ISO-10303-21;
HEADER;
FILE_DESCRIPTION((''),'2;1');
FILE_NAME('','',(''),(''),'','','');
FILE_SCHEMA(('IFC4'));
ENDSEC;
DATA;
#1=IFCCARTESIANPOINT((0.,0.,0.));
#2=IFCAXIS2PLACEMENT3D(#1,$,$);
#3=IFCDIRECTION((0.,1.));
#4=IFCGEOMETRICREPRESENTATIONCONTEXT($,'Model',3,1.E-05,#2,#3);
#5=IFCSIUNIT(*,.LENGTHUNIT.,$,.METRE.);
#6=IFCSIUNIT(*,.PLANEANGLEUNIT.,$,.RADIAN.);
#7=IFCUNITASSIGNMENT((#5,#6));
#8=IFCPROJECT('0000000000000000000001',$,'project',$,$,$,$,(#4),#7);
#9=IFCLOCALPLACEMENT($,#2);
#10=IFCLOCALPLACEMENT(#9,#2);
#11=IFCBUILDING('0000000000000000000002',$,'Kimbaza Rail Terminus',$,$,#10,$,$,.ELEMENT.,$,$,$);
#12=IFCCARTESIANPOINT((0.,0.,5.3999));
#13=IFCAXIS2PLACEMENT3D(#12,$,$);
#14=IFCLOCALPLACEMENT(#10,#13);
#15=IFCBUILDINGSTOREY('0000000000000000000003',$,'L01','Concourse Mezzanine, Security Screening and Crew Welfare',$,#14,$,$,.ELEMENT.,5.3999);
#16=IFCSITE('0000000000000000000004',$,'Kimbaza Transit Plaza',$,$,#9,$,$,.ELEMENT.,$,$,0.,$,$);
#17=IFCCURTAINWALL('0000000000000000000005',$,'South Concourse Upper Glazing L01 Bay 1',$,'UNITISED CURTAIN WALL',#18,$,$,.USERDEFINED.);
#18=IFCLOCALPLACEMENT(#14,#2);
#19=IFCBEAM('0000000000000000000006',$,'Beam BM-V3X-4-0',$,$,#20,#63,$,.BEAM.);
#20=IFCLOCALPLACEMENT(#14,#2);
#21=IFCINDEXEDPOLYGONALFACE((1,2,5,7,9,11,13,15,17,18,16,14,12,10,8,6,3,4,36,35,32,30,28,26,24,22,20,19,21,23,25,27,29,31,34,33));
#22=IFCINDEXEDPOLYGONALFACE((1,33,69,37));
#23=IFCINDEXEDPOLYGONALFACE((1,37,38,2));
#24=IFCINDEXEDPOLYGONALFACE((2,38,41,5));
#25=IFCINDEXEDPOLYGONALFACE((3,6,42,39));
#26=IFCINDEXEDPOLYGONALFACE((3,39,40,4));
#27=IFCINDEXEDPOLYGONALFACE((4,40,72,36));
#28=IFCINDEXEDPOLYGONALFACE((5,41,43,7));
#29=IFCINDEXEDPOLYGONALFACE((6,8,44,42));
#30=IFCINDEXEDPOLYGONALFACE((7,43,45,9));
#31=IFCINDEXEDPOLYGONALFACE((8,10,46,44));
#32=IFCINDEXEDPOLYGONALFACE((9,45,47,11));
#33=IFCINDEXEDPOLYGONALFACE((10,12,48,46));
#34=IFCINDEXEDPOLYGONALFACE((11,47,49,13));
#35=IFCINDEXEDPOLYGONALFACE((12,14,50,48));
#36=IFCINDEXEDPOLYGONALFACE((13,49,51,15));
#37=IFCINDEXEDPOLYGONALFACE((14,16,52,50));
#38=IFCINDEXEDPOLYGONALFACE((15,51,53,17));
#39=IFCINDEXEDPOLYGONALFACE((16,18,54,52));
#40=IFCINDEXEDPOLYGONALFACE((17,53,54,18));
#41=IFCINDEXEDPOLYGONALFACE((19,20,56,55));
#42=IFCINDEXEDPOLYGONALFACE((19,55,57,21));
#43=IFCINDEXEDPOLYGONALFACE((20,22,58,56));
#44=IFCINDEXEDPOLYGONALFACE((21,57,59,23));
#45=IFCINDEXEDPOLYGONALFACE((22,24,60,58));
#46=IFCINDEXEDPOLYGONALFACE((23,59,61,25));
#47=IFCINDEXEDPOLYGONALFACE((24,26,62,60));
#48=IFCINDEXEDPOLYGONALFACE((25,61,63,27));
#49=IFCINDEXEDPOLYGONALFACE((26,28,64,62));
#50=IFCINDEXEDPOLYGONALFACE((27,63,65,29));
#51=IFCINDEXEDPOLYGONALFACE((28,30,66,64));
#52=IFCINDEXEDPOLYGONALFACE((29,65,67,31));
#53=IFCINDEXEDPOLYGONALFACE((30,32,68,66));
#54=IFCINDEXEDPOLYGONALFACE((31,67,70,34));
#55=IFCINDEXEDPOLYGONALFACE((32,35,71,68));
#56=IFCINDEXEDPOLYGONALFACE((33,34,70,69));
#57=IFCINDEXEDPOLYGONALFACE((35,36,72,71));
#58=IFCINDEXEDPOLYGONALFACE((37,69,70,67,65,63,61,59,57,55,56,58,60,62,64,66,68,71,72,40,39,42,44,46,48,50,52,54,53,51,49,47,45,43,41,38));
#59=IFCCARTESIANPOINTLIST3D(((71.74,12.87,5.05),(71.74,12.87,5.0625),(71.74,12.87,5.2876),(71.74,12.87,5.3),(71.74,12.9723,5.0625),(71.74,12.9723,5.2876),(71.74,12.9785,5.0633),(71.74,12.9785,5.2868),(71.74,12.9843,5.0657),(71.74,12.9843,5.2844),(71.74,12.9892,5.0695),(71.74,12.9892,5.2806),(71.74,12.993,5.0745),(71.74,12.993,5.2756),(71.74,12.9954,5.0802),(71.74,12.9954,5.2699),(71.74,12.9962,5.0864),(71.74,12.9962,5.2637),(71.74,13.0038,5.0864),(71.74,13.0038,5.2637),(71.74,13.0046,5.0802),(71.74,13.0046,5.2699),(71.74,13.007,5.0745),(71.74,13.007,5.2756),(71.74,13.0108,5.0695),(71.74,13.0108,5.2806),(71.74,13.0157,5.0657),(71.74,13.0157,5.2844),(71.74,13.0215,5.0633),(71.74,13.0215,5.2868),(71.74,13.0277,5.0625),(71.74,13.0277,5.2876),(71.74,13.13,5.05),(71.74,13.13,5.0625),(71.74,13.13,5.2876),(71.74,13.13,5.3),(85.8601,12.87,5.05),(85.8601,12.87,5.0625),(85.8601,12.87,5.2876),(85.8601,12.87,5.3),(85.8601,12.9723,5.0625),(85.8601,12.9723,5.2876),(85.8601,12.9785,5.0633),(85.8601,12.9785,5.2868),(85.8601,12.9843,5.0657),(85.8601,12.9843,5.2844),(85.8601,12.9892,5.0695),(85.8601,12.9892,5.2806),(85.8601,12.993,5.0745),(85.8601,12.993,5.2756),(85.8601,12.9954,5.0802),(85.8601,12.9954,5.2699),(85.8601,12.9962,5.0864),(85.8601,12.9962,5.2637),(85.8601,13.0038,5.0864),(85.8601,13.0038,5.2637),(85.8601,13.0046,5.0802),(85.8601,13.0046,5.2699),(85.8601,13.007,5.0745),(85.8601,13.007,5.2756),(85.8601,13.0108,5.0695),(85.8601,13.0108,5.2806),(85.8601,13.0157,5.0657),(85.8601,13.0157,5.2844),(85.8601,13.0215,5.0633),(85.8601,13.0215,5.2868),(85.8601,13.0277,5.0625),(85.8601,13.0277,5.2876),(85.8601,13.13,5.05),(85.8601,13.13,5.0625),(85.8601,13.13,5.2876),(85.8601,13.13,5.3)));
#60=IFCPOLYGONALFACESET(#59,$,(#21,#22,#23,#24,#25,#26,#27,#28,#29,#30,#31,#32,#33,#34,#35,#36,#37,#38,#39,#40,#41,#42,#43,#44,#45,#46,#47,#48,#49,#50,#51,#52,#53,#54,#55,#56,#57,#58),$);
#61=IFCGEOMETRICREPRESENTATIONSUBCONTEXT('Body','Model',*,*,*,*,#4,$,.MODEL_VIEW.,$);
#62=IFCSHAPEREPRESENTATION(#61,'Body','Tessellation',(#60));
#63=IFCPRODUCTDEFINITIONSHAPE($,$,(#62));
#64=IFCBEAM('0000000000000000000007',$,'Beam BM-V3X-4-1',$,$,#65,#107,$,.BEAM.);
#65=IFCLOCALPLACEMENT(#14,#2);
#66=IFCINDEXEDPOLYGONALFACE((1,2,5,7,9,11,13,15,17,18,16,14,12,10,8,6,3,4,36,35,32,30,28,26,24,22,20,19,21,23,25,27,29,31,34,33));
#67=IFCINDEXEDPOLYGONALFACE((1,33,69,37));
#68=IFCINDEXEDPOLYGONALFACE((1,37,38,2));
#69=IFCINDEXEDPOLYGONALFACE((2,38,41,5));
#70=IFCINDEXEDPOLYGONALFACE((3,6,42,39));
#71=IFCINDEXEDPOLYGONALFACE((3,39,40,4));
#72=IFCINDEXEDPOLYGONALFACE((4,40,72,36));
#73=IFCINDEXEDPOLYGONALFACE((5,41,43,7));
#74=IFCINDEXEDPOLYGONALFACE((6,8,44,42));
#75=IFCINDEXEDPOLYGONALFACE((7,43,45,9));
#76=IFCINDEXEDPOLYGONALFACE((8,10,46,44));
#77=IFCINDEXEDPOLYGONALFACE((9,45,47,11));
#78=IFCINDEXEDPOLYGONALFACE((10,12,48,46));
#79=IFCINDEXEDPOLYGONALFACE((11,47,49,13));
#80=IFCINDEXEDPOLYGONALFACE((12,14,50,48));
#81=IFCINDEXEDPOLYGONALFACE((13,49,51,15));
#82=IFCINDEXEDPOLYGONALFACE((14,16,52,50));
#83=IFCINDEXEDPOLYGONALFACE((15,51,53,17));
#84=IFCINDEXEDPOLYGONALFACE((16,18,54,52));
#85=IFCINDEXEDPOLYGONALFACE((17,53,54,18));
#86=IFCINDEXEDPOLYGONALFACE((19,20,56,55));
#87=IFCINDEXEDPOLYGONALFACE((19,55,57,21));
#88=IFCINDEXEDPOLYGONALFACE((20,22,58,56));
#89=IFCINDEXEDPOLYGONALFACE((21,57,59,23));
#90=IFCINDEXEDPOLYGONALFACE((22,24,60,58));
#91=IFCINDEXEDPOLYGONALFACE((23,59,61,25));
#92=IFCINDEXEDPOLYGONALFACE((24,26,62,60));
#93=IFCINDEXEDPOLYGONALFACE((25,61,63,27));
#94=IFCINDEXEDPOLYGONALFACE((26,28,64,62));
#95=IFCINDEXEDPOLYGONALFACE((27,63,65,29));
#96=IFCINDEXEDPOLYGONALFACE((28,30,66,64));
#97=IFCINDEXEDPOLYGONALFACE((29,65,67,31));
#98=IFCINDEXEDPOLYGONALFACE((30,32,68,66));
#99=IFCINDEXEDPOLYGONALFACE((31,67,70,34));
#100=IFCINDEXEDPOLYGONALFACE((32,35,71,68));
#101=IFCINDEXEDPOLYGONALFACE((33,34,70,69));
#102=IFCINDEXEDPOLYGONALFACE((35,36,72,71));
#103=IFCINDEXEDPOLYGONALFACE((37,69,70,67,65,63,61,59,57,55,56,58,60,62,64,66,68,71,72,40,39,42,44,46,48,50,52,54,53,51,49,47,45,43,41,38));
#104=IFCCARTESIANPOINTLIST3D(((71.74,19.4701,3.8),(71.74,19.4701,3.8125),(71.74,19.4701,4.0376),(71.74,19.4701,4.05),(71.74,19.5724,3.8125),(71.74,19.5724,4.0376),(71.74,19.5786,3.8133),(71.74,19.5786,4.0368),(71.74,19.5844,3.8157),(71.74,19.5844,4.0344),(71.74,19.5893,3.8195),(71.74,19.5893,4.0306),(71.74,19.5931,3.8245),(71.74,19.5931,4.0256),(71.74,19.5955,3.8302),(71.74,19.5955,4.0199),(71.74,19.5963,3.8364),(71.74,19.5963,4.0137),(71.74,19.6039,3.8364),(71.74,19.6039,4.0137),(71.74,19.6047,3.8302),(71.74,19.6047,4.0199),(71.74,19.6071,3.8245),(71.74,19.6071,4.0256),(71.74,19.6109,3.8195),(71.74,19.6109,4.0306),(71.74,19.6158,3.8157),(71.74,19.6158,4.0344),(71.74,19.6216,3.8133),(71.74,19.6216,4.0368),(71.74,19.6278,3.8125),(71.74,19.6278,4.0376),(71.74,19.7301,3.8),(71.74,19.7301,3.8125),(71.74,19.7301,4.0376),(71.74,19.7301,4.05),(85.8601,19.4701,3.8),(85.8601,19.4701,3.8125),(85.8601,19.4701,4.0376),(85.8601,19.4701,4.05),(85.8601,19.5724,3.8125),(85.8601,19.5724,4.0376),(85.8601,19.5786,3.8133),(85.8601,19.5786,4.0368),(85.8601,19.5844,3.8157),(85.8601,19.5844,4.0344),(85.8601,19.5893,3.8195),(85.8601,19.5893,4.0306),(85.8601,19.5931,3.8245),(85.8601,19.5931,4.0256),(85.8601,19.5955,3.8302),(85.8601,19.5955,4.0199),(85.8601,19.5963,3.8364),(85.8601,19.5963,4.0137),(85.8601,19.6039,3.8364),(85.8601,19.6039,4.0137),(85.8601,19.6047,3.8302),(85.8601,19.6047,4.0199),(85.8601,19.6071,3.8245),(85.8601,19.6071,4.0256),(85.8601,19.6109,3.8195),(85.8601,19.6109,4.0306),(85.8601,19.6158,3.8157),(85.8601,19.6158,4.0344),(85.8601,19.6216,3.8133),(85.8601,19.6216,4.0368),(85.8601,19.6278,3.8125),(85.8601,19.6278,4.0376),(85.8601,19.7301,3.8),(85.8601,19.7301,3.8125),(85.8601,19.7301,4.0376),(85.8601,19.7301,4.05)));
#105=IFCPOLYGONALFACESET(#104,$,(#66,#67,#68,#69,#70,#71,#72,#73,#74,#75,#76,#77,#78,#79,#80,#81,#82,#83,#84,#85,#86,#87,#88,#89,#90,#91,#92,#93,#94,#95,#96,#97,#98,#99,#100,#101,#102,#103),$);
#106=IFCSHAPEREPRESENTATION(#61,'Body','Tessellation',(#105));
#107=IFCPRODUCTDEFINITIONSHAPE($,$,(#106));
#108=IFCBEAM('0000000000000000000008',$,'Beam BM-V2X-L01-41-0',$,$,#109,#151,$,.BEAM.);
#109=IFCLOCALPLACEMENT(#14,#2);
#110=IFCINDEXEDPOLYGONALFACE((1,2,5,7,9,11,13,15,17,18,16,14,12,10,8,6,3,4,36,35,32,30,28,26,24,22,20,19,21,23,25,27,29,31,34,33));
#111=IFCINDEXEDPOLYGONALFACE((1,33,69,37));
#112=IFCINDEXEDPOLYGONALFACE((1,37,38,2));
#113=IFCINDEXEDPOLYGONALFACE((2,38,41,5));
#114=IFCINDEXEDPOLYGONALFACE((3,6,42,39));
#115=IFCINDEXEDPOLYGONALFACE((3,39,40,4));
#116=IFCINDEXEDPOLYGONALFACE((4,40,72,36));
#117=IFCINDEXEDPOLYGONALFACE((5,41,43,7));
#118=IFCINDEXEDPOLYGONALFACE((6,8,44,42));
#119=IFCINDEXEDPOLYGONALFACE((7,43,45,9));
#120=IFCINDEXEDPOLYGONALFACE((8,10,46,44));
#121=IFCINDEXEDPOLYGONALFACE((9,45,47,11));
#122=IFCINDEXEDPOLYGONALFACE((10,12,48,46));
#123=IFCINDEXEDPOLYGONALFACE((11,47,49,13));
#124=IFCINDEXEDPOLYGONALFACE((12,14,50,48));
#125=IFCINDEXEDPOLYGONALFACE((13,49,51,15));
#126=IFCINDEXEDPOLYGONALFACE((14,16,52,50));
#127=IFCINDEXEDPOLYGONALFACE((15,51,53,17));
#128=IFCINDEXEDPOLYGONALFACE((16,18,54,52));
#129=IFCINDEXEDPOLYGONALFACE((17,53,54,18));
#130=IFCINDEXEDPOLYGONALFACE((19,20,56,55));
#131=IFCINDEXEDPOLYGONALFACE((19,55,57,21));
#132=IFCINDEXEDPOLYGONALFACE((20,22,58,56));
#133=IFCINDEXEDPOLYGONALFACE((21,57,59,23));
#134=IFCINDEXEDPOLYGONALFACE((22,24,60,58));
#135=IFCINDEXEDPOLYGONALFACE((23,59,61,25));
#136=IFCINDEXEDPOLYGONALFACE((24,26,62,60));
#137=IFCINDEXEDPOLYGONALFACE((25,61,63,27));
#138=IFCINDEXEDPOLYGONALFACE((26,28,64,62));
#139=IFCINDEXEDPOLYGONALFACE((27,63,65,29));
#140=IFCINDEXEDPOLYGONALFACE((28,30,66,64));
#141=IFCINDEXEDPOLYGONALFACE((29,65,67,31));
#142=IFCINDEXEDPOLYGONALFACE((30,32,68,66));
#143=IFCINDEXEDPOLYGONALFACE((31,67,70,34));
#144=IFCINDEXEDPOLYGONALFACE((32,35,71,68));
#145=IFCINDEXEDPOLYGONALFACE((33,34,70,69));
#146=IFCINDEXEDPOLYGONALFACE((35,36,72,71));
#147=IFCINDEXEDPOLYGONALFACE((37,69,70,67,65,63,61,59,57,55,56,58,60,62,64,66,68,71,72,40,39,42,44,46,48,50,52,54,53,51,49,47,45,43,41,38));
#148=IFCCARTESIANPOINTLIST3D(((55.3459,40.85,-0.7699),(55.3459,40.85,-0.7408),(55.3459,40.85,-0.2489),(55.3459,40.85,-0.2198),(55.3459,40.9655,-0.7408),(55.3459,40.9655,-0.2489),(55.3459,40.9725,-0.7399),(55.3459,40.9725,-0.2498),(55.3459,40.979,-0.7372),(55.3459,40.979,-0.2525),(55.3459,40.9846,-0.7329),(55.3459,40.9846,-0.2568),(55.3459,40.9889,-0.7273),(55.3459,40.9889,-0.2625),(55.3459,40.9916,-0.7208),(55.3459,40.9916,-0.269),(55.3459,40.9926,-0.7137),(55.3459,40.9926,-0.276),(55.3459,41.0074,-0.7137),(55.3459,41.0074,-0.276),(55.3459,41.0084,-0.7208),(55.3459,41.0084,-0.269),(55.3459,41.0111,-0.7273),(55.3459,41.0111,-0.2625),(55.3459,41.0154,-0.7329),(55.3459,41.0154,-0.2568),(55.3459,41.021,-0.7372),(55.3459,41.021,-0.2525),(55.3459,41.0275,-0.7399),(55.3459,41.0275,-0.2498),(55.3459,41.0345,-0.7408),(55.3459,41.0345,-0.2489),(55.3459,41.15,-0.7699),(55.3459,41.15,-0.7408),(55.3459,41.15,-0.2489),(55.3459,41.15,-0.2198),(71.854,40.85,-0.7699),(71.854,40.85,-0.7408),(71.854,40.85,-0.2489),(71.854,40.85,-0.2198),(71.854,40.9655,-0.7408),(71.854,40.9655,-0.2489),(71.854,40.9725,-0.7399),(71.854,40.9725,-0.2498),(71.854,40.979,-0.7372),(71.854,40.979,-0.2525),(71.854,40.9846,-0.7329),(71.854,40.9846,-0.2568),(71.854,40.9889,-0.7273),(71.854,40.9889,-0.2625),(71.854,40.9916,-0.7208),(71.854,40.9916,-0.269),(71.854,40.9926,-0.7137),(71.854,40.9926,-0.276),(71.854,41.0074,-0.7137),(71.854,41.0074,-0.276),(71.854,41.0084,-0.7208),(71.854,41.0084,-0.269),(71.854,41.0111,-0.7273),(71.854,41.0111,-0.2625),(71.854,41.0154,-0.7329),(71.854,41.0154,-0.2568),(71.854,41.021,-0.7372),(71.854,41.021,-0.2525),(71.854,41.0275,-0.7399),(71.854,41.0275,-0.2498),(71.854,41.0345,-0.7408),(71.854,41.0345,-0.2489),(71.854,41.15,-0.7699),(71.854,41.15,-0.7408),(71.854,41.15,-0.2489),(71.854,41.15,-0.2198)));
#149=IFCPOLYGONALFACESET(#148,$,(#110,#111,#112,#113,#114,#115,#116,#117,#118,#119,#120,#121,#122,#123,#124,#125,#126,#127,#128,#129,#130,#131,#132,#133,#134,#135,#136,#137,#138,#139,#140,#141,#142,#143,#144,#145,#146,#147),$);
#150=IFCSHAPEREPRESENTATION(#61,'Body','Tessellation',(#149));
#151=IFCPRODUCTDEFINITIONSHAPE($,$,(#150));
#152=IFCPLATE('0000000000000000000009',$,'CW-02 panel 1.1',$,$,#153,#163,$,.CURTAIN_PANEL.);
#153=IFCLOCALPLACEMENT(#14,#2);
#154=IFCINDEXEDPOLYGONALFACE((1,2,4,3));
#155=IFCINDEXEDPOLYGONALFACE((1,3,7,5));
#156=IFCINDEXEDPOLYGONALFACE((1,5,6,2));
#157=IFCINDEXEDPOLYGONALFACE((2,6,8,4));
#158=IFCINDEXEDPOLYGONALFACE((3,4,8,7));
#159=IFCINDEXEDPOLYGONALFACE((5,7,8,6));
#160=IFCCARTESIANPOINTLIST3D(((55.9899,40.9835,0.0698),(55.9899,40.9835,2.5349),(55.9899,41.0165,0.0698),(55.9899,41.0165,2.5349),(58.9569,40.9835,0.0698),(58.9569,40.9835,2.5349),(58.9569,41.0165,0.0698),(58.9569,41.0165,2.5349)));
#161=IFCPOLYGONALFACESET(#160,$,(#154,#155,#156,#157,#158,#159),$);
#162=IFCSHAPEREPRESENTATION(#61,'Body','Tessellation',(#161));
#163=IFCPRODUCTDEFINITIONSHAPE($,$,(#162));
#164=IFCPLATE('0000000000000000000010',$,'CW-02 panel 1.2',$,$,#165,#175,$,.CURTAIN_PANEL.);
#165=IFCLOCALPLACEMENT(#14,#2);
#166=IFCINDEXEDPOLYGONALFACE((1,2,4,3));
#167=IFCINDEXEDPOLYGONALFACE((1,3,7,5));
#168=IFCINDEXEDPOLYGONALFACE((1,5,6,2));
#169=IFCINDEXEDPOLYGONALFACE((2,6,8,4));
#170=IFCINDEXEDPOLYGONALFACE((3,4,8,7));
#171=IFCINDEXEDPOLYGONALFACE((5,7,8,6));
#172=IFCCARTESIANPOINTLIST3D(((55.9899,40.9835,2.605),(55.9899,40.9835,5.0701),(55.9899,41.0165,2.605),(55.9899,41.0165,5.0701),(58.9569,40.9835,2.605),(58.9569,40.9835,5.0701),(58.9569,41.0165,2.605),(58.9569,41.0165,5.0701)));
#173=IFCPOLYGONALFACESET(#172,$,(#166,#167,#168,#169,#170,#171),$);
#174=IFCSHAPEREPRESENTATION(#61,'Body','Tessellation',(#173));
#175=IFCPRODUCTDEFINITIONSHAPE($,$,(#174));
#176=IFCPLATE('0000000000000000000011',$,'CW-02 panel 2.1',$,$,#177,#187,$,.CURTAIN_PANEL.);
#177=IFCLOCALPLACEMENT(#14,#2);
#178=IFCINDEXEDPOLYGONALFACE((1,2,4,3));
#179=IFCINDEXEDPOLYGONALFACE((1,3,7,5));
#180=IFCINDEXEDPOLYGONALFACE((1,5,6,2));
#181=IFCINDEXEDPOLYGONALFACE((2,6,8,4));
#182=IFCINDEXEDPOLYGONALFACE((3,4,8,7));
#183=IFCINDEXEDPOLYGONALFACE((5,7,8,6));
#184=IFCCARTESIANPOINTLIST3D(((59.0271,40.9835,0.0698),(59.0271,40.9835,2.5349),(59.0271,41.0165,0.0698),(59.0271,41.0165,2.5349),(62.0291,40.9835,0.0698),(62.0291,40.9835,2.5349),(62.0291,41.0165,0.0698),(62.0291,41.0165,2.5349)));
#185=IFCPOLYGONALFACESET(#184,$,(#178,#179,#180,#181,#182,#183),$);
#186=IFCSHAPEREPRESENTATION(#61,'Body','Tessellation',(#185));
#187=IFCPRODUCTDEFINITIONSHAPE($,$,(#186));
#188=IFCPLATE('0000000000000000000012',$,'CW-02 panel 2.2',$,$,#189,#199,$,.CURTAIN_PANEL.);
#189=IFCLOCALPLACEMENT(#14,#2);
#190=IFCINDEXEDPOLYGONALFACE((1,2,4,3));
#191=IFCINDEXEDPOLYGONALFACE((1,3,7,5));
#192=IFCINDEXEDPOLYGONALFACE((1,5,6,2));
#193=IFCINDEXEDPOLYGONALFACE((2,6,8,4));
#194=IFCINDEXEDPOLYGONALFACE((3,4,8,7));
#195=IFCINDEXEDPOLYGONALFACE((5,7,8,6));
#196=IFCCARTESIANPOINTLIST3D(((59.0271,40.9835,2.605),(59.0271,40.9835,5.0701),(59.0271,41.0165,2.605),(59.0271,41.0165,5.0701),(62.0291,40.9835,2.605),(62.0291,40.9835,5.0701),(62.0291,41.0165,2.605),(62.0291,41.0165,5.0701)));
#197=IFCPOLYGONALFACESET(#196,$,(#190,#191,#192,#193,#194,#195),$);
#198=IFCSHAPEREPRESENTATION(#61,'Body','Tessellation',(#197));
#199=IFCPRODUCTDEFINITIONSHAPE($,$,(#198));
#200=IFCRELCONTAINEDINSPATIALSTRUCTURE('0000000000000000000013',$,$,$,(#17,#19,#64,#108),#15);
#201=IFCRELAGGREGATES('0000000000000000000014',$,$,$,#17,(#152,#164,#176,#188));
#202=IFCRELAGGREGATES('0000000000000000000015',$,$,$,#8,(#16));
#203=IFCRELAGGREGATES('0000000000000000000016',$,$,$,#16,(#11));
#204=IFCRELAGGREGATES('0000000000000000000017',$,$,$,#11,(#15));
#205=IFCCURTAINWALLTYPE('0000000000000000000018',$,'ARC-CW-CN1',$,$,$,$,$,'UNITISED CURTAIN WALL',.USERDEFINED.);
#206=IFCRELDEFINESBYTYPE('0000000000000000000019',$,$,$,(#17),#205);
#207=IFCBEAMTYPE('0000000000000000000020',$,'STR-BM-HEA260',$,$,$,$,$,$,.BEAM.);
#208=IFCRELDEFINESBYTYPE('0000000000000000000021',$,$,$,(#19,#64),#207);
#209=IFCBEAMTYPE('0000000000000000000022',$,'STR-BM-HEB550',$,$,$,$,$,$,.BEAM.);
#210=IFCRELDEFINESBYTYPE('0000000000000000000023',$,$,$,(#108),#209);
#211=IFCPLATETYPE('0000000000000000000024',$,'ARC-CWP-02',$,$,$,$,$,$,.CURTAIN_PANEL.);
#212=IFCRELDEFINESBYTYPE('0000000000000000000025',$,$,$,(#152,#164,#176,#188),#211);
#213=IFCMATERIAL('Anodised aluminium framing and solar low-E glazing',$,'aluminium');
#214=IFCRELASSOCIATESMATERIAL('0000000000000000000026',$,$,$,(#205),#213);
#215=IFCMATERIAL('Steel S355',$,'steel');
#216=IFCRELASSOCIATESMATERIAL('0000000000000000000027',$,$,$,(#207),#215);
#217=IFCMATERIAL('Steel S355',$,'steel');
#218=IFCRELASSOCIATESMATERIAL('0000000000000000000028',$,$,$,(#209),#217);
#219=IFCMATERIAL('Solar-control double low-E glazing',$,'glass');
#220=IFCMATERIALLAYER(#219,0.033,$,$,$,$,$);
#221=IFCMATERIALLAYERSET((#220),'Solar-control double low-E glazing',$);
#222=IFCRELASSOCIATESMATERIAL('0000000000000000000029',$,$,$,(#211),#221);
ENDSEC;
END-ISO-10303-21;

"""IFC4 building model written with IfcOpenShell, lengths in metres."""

from ifc_helpers import new_model, si_unit, direction, frame, origin, origin_2d, place, context, subcontext, project, spatial, rectangle, i_section, extrude, material, layer, layer_set, material_profile, profile_set, type_object, element, aggregate, save


model = new_model("IFC4")

# Units and contexts
model_context = context("Model", 3, precision=1e-05, world=origin(), true_north=direction((0.0, 1.0)))
body_context = subcontext(model_context, "Body", "Model", "MODEL_VIEW")
ifc_project = project(units=[si_unit("LENGTHUNIT", "METRE"), si_unit("PLANEANGLEUNIT", "RADIAN")], contexts=[model_context])

# Site, building, storey
site_placement = place(None, origin())
site = spatial("IfcSite", under=ifc_project, at=site_placement, Name="Kimbaza Transit Plaza", CompositionType="ELEMENT", RefElevation=0.0)
building_placement = place(site_placement, origin())
building = spatial("IfcBuilding", under=site, at=building_placement, Name="Kimbaza Rail Terminus", CompositionType="ELEMENT")
storey_placement = place(building_placement, frame((0.0, 0.0, 5.3999)))
storey = spatial("IfcBuildingStorey", under=building, at=storey_placement, Name="L01", Description="Concourse Mezzanine, Security Screening and Crew Welfare", CompositionType="ELEMENT", Elevation=5.3999)

# Curtain wall
ifc_material_1 = material(Name="Anodised aluminium framing and solar low-E glazing", Category="aluminium")
curtain_wall_type = type_object("IfcCurtainWallType", Name="ARC-CW-CN1", ElementType="UNITISED CURTAIN WALL", PredefinedType="USERDEFINED", material=ifc_material_1)
curtain_wall_placement = place(storey_placement, origin())
curtain_wall = element("IfcCurtainWall", 1, at=curtain_wall_placement, inside=storey, type_object=curtain_wall_type, Name="South Concourse Upper Glazing L01 Bay 1", ObjectType="UNITISED CURTAIN WALL", PredefinedType="USERDEFINED")

# Beams
ifc_material_2 = material(Name="Steel S355", Category="steel")
ifc_material_profile_1 = material_profile(ifc_material_2, i_section(OverallWidth=0.26, OverallDepth=0.25, WebThickness=0.0076, FlangeThickness=0.0125, FilletRadius=0.0239, at=origin_2d()), Name="HEA 260")
ifc_profile_set_1 = profile_set([ifc_material_profile_1], Name="Steel S355")
beam_type_1 = type_object("IfcBeamType", Name="STR-BM-HEA260", PredefinedType="BEAM", material=ifc_profile_set_1)
for number, where, z_axis, x_axis, name in (
    (2, (71.74, 13.0, 5.175), (1.0, 0.0, 0.0), (0.0, 1.0, 0.0), "Beam BM-V3X-4-0"),
    (3, (71.74, 19.6001, 3.925), (1.0, 0.0, 0.0), (0.0, 1.0, 0.0), "Beam BM-V3X-4-1"),
):
    element("IfcBeam", number, at=place(storey_placement, frame(where, z_axis=z_axis, x_axis=x_axis)), inside=storey, type_object=beam_type_1, Name=name, PredefinedType="BEAM", context=body_context, shape_type="SweptSolid", body=[
        extrude(i_section(OverallWidth=0.26, OverallDepth=0.25, WebThickness=0.0076, FlangeThickness=0.0125, FilletRadius=0.0239, at=origin_2d()), origin(), (0.0, 0.0, 1.0), 14.1201),
    ])
ifc_material_3 = material(Name="Steel S355", Category="steel")
ifc_material_profile_2 = material_profile(ifc_material_3, i_section(OverallWidth=0.3, OverallDepth=0.55, WebThickness=0.0149, FlangeThickness=0.0291, FilletRadius=0.0271, at=origin_2d()), Name="HEB 550")
ifc_profile_set_2 = profile_set([ifc_material_profile_2], Name="Steel S355")
beam_type_2 = type_object("IfcBeamType", Name="STR-BM-HEB550", PredefinedType="BEAM", material=ifc_profile_set_2)
beam_placement = place(storey_placement, frame((55.3459, 41.0, -0.4949), z_axis=(1.0, 0.0, 0.0), x_axis=(0.0, 1.0, 0.0)))
element("IfcBeam", 4, at=beam_placement, inside=storey, type_object=beam_type_2, Name="Beam BM-V2X-L01-41-0", PredefinedType="BEAM", context=body_context, shape_type="SweptSolid", body=[
    extrude(i_section(OverallWidth=0.3, OverallDepth=0.55, WebThickness=0.0149, FlangeThickness=0.0291, FilletRadius=0.0271, at=origin_2d()), origin(), (0.0, 0.0, 1.0), 16.5081),
])

# Plates
ifc_material_4 = material(Name="Solar-control double low-E glazing", Category="glass")
ifc_layer = layer(ifc_material_4, 0.033)
ifc_layer_set = layer_set([ifc_layer], Name="Solar-control double low-E glazing")
plate_type = type_object("IfcPlateType", Name="ARC-CWP-02", PredefinedType="CURTAIN_PANEL", material=ifc_layer_set)
plate_1_placement = place(storey_placement, frame((57.4734, 41.0, 0.0698), z_axis=(0.0, 0.0, 1.0), x_axis=(1.0, 0.0, 0.0)))
plate_1 = element("IfcPlate", 5, at=plate_1_placement, type_object=plate_type, Name="CW-02 panel 1.1", PredefinedType="CURTAIN_PANEL", context=body_context, shape_type="SweptSolid", body=[
    extrude(rectangle(XDim=2.967, YDim=0.033, at=origin_2d()), origin(), (0.0, 0.0, 1.0), 2.4651),
])
plate_2_placement = place(storey_placement, frame((57.4734, 41.0, 2.605), z_axis=(0.0, 0.0, 1.0), x_axis=(1.0, 0.0, 0.0)))
plate_2 = element("IfcPlate", 6, at=plate_2_placement, type_object=plate_type, Name="CW-02 panel 1.2", PredefinedType="CURTAIN_PANEL", context=body_context, shape_type="SweptSolid", body=[
    extrude(rectangle(XDim=2.967, YDim=0.033, at=origin_2d()), origin(), (0.0, 0.0, 1.0), 2.4651),
])
plate_3_placement = place(storey_placement, frame((60.5281, 41.0, 0.0698), z_axis=(0.0, 0.0, 1.0), x_axis=(1.0, 0.0, 0.0)))
plate_3 = element("IfcPlate", 7, at=plate_3_placement, type_object=plate_type, Name="CW-02 panel 2.1", PredefinedType="CURTAIN_PANEL", context=body_context, shape_type="SweptSolid", body=[
    extrude(rectangle(XDim=3.002, YDim=0.033, at=origin_2d()), origin(), (0.0, 0.0, 1.0), 2.4651),
])
plate_4_placement = place(storey_placement, frame((60.5281, 41.0, 2.605), z_axis=(0.0, 0.0, 1.0), x_axis=(1.0, 0.0, 0.0)))
plate_4 = element("IfcPlate", 8, at=plate_4_placement, type_object=plate_type, Name="CW-02 panel 2.2", PredefinedType="CURTAIN_PANEL", context=body_context, shape_type="SweptSolid", body=[
    extrude(rectangle(XDim=3.002, YDim=0.033, at=origin_2d()), origin(), (0.0, 0.0, 1.0), 2.4651),
])
aggregate(curtain_wall, [plate_1, plate_2, plate_3, plate_4])

save(model, "model.ifc")
